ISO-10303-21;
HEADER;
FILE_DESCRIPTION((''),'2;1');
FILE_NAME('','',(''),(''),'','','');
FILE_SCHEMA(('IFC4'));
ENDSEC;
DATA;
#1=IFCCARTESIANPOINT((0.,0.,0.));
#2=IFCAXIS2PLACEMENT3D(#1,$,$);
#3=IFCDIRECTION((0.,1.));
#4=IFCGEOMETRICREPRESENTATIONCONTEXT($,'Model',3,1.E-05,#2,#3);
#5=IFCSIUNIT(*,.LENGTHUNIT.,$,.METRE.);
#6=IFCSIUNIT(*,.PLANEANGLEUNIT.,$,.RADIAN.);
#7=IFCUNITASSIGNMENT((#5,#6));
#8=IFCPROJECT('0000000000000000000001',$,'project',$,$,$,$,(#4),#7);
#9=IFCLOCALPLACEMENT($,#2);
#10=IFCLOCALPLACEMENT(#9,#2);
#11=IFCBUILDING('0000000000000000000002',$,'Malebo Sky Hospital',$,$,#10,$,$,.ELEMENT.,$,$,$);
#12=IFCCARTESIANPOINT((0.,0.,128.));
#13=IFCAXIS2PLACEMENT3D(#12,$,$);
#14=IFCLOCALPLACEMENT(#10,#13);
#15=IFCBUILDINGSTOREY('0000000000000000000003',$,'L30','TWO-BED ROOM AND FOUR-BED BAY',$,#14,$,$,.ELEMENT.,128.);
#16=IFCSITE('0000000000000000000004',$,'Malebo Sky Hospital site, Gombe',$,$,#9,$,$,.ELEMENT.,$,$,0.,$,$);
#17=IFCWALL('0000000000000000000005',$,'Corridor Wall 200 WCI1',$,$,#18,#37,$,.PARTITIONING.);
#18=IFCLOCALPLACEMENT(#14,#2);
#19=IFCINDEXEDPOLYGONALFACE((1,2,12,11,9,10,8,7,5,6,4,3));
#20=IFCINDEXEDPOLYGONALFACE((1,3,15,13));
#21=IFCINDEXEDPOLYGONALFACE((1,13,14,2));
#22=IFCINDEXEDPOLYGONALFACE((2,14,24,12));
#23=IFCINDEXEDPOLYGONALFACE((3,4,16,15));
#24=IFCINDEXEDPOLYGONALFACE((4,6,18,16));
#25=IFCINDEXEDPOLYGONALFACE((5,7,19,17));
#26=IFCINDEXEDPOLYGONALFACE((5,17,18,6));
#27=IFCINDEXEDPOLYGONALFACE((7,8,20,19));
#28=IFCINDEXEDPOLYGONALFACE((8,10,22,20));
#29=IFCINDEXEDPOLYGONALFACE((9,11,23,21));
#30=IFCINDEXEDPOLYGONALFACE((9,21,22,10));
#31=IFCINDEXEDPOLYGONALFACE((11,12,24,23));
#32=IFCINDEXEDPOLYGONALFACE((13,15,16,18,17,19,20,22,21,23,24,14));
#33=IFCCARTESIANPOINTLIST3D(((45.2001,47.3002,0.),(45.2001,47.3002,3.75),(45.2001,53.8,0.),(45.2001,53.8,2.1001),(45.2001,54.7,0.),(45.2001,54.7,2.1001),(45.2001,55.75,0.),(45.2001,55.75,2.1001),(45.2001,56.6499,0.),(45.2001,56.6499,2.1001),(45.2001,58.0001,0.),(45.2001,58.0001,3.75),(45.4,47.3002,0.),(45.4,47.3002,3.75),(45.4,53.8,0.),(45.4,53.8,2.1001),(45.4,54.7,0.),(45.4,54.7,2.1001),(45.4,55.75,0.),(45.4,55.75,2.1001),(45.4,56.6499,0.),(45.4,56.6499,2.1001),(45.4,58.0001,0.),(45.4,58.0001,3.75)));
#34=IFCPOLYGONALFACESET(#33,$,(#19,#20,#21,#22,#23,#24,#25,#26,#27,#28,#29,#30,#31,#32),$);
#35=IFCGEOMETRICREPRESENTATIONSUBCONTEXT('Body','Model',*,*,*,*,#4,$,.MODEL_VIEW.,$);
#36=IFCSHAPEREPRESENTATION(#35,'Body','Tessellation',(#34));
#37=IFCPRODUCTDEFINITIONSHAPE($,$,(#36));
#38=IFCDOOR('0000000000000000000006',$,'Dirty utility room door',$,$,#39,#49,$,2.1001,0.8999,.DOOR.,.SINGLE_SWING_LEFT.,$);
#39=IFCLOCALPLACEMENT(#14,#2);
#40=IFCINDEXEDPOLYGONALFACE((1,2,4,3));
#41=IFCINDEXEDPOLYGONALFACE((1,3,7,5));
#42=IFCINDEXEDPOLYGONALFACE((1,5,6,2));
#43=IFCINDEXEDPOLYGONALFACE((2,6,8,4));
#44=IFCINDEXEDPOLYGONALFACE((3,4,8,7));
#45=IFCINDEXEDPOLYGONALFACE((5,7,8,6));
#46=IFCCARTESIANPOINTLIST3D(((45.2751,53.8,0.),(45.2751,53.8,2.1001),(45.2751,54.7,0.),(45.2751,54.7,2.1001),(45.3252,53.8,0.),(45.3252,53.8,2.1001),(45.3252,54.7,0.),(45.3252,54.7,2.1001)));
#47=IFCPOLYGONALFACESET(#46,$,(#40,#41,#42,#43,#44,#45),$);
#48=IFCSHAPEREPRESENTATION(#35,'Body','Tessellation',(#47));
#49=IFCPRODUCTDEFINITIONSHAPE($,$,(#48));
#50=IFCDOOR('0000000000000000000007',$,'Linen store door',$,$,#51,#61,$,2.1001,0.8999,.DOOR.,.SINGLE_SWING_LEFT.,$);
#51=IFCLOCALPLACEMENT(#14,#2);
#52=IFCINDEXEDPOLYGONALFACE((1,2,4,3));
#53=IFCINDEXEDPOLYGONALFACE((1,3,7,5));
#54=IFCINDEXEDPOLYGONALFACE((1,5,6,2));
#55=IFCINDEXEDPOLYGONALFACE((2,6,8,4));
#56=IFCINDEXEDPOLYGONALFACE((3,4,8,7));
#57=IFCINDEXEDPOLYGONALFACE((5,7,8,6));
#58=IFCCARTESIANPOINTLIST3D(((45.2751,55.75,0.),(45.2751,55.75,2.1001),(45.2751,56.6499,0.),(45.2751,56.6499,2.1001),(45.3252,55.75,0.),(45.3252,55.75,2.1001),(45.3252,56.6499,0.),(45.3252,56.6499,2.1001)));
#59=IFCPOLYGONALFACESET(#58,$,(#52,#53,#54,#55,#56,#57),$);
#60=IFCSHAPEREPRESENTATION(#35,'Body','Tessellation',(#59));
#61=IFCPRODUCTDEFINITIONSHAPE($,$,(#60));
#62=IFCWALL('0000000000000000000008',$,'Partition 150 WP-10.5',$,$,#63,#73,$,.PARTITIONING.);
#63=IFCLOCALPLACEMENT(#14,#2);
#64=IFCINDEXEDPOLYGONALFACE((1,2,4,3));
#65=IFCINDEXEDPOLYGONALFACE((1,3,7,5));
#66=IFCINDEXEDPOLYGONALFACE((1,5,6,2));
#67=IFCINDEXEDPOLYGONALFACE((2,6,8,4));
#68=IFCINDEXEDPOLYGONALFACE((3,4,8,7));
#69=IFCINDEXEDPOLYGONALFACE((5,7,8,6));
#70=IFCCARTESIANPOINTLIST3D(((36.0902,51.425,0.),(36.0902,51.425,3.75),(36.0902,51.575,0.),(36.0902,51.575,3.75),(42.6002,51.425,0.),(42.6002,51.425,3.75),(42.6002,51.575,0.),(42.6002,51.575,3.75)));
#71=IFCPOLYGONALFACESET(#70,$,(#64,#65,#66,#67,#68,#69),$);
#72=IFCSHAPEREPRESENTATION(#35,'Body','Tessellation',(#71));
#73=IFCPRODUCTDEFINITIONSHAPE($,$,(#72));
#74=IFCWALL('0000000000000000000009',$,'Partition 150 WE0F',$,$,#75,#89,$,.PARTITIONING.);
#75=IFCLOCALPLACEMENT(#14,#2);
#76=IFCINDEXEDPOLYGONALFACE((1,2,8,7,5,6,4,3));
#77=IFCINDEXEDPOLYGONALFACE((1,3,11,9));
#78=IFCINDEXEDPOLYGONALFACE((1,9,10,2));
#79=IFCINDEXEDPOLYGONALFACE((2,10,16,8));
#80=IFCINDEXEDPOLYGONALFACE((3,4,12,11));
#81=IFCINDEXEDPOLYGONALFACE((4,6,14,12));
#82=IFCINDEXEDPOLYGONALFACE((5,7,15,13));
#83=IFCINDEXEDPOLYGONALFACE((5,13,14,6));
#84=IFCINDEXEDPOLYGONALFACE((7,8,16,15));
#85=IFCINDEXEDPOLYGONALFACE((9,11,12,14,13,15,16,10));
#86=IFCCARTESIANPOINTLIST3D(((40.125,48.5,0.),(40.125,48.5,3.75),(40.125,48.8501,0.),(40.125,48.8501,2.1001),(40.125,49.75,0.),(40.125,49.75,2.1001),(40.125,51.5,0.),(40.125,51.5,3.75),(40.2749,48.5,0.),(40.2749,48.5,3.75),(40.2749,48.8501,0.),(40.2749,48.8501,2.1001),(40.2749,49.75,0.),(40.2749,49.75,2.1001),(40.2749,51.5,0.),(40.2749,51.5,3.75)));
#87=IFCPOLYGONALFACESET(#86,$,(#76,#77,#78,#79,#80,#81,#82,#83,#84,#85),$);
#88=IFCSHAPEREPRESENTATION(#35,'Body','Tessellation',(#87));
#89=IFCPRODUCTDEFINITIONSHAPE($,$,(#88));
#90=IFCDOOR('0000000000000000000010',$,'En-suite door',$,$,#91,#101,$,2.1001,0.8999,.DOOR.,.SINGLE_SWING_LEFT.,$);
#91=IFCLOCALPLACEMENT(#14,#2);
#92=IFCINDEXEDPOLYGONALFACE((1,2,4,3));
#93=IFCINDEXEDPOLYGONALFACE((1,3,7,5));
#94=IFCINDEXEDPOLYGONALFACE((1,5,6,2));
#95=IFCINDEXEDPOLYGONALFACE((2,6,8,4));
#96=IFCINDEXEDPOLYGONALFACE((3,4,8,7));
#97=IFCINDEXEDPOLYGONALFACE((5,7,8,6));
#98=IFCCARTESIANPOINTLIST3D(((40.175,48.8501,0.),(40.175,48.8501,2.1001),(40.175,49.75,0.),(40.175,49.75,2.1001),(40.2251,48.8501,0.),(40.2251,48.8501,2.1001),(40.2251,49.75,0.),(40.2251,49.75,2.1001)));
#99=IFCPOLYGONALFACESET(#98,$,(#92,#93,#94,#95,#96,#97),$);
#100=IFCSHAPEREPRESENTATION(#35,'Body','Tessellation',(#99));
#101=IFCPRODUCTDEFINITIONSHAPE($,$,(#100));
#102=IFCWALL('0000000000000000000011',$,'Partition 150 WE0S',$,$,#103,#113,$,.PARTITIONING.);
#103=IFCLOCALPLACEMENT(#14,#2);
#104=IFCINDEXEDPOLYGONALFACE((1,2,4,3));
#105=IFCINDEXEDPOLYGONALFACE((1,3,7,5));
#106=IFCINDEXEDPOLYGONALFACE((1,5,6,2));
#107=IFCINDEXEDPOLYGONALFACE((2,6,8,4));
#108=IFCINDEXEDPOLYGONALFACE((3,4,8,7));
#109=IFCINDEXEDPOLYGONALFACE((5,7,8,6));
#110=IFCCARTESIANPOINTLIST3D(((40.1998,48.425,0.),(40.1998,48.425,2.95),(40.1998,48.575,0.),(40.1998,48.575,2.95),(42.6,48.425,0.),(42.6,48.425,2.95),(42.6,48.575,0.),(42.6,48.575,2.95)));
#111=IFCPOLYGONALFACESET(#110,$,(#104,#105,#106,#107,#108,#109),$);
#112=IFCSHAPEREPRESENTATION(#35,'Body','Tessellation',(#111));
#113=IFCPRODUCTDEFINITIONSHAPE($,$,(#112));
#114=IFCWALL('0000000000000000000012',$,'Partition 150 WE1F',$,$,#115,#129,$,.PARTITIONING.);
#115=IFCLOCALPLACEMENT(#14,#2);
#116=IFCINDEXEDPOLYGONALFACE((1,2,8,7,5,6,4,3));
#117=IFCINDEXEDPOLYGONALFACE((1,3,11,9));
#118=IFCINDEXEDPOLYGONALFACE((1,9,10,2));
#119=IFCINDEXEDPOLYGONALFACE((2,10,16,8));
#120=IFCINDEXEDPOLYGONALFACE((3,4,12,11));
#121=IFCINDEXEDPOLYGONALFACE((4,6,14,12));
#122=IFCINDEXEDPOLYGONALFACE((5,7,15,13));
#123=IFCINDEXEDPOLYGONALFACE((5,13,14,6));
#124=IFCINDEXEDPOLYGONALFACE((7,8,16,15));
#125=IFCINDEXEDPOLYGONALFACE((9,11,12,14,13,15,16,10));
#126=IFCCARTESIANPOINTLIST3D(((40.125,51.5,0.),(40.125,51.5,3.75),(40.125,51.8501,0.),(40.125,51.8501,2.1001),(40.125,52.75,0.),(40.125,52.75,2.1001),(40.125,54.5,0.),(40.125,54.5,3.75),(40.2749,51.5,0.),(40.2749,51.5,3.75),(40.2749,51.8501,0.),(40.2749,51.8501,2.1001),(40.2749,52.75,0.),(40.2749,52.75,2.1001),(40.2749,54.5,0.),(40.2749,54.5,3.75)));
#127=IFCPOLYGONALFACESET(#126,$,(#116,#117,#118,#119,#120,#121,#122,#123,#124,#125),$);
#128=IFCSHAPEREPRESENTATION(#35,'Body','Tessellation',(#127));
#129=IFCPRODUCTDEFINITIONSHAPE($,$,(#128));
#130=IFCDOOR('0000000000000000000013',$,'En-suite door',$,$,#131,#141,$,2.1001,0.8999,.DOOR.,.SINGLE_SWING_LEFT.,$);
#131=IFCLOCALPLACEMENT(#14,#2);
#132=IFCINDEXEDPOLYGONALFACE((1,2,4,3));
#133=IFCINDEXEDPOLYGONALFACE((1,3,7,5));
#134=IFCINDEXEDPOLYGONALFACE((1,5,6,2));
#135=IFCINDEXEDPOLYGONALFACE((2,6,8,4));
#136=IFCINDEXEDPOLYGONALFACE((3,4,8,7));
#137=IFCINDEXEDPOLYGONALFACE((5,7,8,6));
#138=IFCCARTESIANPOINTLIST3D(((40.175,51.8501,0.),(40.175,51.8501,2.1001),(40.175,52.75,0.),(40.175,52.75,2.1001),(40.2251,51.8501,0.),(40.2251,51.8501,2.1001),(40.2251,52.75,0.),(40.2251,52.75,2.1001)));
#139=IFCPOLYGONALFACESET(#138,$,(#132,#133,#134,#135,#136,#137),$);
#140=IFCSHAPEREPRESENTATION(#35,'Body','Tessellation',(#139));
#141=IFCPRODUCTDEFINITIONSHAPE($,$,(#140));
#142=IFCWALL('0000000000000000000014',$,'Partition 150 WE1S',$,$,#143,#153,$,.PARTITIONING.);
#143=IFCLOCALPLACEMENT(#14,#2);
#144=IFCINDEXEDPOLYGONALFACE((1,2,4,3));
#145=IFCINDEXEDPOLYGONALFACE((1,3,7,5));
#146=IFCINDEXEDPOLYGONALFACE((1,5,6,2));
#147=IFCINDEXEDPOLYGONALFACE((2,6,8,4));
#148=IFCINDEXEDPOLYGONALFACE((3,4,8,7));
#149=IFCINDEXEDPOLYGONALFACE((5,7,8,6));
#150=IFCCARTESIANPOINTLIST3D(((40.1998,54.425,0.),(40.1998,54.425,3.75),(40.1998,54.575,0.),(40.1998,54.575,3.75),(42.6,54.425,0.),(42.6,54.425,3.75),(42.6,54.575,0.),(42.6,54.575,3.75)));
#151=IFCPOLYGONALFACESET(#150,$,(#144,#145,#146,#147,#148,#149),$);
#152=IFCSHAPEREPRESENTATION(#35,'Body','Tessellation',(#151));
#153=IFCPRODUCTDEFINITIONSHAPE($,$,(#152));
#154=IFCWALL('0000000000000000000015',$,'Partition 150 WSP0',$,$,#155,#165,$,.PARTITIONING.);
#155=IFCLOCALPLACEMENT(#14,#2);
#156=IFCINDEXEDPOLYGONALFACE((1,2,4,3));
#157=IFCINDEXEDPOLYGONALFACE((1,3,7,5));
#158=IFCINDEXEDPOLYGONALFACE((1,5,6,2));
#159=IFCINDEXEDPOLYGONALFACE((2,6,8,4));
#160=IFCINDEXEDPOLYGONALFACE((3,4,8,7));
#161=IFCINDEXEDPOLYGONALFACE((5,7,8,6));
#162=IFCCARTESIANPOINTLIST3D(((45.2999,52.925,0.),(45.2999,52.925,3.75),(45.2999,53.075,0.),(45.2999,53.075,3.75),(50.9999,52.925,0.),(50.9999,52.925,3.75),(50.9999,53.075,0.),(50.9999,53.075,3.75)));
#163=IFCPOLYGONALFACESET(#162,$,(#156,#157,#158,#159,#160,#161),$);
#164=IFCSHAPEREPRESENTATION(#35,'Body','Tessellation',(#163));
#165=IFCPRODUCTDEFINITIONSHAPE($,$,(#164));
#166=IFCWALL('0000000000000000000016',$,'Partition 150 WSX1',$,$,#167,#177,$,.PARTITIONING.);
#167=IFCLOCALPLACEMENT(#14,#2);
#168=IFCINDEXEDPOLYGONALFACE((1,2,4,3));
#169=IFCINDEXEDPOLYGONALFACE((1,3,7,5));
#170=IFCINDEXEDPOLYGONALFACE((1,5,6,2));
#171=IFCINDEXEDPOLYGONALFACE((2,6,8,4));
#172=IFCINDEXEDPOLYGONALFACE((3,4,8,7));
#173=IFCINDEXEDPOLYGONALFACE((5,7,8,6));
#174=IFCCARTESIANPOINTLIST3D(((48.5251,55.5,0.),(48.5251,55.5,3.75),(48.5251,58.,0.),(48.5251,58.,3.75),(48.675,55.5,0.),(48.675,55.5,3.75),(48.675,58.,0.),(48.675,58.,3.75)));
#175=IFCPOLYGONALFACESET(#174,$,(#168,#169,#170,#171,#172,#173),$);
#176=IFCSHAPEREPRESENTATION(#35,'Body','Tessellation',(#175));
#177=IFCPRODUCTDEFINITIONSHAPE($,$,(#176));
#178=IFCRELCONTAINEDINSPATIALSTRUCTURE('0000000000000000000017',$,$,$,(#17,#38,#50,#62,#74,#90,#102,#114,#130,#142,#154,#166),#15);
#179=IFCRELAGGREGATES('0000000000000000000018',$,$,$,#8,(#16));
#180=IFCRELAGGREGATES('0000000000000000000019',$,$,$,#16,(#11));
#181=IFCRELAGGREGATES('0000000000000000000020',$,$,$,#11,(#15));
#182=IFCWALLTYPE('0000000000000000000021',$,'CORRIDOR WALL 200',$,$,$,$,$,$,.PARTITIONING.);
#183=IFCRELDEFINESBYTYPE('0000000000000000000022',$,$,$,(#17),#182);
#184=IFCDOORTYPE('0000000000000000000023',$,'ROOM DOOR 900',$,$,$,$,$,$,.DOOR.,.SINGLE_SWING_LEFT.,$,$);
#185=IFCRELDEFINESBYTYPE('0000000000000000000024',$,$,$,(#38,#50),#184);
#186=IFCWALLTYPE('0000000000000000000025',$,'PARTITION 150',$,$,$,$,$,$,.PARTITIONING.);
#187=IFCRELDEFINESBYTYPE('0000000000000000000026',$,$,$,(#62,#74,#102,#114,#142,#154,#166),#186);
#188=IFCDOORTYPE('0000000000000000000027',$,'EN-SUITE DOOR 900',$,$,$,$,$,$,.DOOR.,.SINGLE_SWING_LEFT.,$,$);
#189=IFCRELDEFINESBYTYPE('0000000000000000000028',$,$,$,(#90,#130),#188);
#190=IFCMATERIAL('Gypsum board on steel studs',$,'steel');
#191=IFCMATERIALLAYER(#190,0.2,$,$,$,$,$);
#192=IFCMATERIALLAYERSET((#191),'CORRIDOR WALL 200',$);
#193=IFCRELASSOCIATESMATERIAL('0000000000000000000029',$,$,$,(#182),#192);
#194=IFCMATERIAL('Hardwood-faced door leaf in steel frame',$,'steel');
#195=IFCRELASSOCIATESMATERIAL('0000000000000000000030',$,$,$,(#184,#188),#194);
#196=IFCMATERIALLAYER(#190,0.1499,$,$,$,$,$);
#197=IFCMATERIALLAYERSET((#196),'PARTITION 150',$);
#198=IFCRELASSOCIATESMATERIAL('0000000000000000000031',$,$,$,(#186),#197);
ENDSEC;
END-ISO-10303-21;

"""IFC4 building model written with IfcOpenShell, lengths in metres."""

from ifc_helpers import new_model, si_unit, direction, frame, frame_2d, origin, place, context, subcontext, project, spatial, rectangle, extrude, material, layer, layer_set, type_object, element, fill, save


model = new_model("IFC4")

# Units and contexts
model_context = context("Model", 3, precision=1e-05, world=origin(), true_north=direction((0.0, 1.0)))
body_context = subcontext(model_context, "Body", "Model", "MODEL_VIEW")
ifc_project = project(units=[si_unit("LENGTHUNIT", "METRE"), si_unit("PLANEANGLEUNIT", "RADIAN")], contexts=[model_context])

# Site, building, storey
site_placement = place(None, origin())
site = spatial("IfcSite", under=ifc_project, at=site_placement, Name="Malebo Sky Hospital site, Gombe", CompositionType="ELEMENT", RefElevation=0.0)
building_placement = place(site_placement, origin())
building = spatial("IfcBuilding", under=site, at=building_placement, Name="Malebo Sky Hospital", CompositionType="ELEMENT")
storey_placement = place(building_placement, frame((0.0, 0.0, 128.0)))
storey = spatial("IfcBuildingStorey", under=building, at=storey_placement, Name="L30", Description="TWO-BED ROOM AND FOUR-BED BAY", CompositionType="ELEMENT", Elevation=128.0)

# Shared definitions
ifc_material_1 = material(Name="Hardwood-faced door leaf in steel frame", Category="steel")

# Wall, openings, doors
ifc_material_2 = material(Name="Gypsum board on steel studs", Category="steel")
ifc_layer_1 = layer(ifc_material_2, 0.2)
ifc_layer_set_1 = layer_set([ifc_layer_1], Name="CORRIDOR WALL 200")
wall_type_1 = type_object("IfcWallType", Name="CORRIDOR WALL 200", PredefinedType="PARTITIONING", material=ifc_layer_set_1)
wall_1_placement = place(storey_placement, frame((45.3, 47.3, 0.0), z_axis=(0.0, 0.0, 1.0), x_axis=(0.0, 1.0, 0.0)))
wall_1 = element("IfcWall", 1, at=wall_1_placement, inside=storey, type_object=wall_type_1, Name="Corridor Wall 200 WCI1", PredefinedType="PARTITIONING", context=body_context, shape_type="SweptSolid", body=[
    extrude(rectangle(XDim=10.7, YDim=0.2, at=frame_2d((5.3501, 0.0))), origin(), (0.0, 0.0, 1.0), 3.75),
])
opening_1_placement = place(wall_1_placement, frame((6.5, 0.0, 0.0)))
opening_1 = element("IfcOpeningElement", 2, at=opening_1_placement, cuts=wall_1, PredefinedType="OPENING", context=body_context, shape_type="SweptSolid", body=[
    extrude(rectangle(XDim=0.8999, YDim=2.1001, at=frame_2d((0.45, 1.05))), frame((0.0, 0.1099, 0.0), z_axis=(0.0, -1.0, 0.0), x_axis=(1.0, 0.0, 0.0)), (0.0, 0.0, 1.0), 0.22),
])
opening_2_placement = place(wall_1_placement, frame((8.45, 0.0, 0.0)))
opening_2 = element("IfcOpeningElement", 3, at=opening_2_placement, cuts=wall_1, PredefinedType="OPENING", context=body_context, shape_type="SweptSolid", body=[
    extrude(rectangle(XDim=0.8999, YDim=2.1001, at=frame_2d((0.45, 1.05))), frame((0.0, 0.1099, 0.0), z_axis=(0.0, -1.0, 0.0), x_axis=(1.0, 0.0, 0.0)), (0.0, 0.0, 1.0), 0.22),
])
door_type_1 = type_object("IfcDoorType", Name="ROOM DOOR 900", OperationType="SINGLE_SWING_LEFT", PredefinedType="DOOR", material=ifc_material_1)
door_1_placement = place(opening_1_placement, origin())
door_1 = element("IfcDoor", 4, at=door_1_placement, inside=storey, type_object=door_type_1, Name="Dirty utility room door", OperationType="SINGLE_SWING_LEFT", OverallHeight=2.1001, OverallWidth=0.8999, PredefinedType="DOOR", context=body_context, shape_type="SweptSolid", body=[
    extrude(rectangle(XDim=0.8999, YDim=2.1001, at=frame_2d((0.45, 1.05))), frame((0.0, 0.0249, 0.0), z_axis=(0.0, -1.0, 0.0), x_axis=(1.0, 0.0, 0.0)), (0.0, 0.0, 1.0), 0.05),
])
fill(opening_1, door_1)
door_2_placement = place(opening_2_placement, origin())
door_2 = element("IfcDoor", 5, at=door_2_placement, inside=storey, type_object=door_type_1, Name="Linen store door", OperationType="SINGLE_SWING_LEFT", OverallHeight=2.1001, OverallWidth=0.8999, PredefinedType="DOOR", context=body_context, shape_type="SweptSolid", body=[
    extrude(rectangle(XDim=0.8999, YDim=2.1001, at=frame_2d((0.45, 1.05))), frame((0.0, 0.0249, 0.0), z_axis=(0.0, -1.0, 0.0), x_axis=(1.0, 0.0, 0.0)), (0.0, 0.0, 1.0), 0.05),
])
fill(opening_2, door_2)

# Wall
ifc_layer_2 = layer(ifc_material_2, 0.1499)
ifc_layer_set_2 = layer_set([ifc_layer_2], Name="PARTITION 150")
wall_type_2 = type_object("IfcWallType", Name="PARTITION 150", PredefinedType="PARTITIONING", material=ifc_layer_set_2)
wall_2_placement = place(storey_placement, frame((42.6001, 51.5, 0.0), z_axis=(0.0, 0.0, 1.0), x_axis=(-1.0, 0.0, 0.0)))
element("IfcWall", 6, at=wall_2_placement, inside=storey, type_object=wall_type_2, Name="Partition 150 WP-10.5", PredefinedType="PARTITIONING", context=body_context, shape_type="SweptSolid", body=[
    extrude(rectangle(XDim=6.51, YDim=0.1499, at=frame_2d((3.2549, 0.0))), origin(), (0.0, 0.0, 1.0), 3.75),
])

# Wall, opening, door
wall_3_placement = place(storey_placement, frame((40.2, 48.5, 0.0), z_axis=(0.0, 0.0, 1.0), x_axis=(0.0, 1.0, 0.0)))
wall_3 = element("IfcWall", 7, at=wall_3_placement, inside=storey, type_object=wall_type_2, Name="Partition 150 WE0F", PredefinedType="PARTITIONING", context=body_context, shape_type="SweptSolid", body=[
    extrude(rectangle(XDim=3.0, YDim=0.1499, at=frame_2d((1.5, 0.0))), origin(), (0.0, 0.0, 1.0), 3.75),
])
opening_3_placement = place(wall_3_placement, frame((0.3501, 0.0, 0.0)))
opening_3 = element("IfcOpeningElement", 8, at=opening_3_placement, cuts=wall_3, PredefinedType="OPENING", context=body_context, shape_type="SweptSolid", body=[
    extrude(rectangle(XDim=0.8999, YDim=2.1001, at=frame_2d((0.45, 1.05))), frame((0.0, 0.085, 0.0), z_axis=(0.0, -1.0, 0.0), x_axis=(1.0, 0.0, 0.0)), (0.0, 0.0, 1.0), 0.1699),
])
door_type_2 = type_object("IfcDoorType", Name="EN-SUITE DOOR 900", OperationType="SINGLE_SWING_LEFT", PredefinedType="DOOR", material=ifc_material_1)
door_3_placement = place(opening_3_placement, origin())
door_3 = element("IfcDoor", 9, at=door_3_placement, inside=storey, type_object=door_type_2, Name="En-suite door", OperationType="SINGLE_SWING_LEFT", OverallHeight=2.1001, OverallWidth=0.8999, PredefinedType="DOOR", context=body_context, shape_type="SweptSolid", body=[
    extrude(rectangle(XDim=0.8999, YDim=2.1001, at=frame_2d((0.45, 1.05))), frame((0.0, 0.0249, 0.0), z_axis=(0.0, -1.0, 0.0), x_axis=(1.0, 0.0, 0.0)), (0.0, 0.0, 1.0), 0.05),
])
fill(opening_3, door_3)

# Wall
wall_4_placement = place(storey_placement, frame((42.6001, 48.5, 0.0), z_axis=(0.0, 0.0, 1.0), x_axis=(-1.0, 0.0, 0.0)))
element("IfcWall", 10, at=wall_4_placement, inside=storey, type_object=wall_type_2, Name="Partition 150 WE0S", PredefinedType="PARTITIONING", context=body_context, shape_type="SweptSolid", body=[
    extrude(rectangle(XDim=2.4001, YDim=0.1499, at=frame_2d((1.2002, 0.0))), origin(), (0.0, 0.0, 1.0), 2.95),
])

# Wall, opening, door
wall_5_placement = place(storey_placement, frame((40.2, 51.5, 0.0), z_axis=(0.0, 0.0, 1.0), x_axis=(0.0, 1.0, 0.0)))
wall_5 = element("IfcWall", 11, at=wall_5_placement, inside=storey, type_object=wall_type_2, Name="Partition 150 WE1F", PredefinedType="PARTITIONING", context=body_context, shape_type="SweptSolid", body=[
    extrude(rectangle(XDim=3.0, YDim=0.1499, at=frame_2d((1.5, 0.0))), origin(), (0.0, 0.0, 1.0), 3.75),
])
opening_4_placement = place(wall_5_placement, frame((0.3501, 0.0, 0.0)))
opening_4 = element("IfcOpeningElement", 12, at=opening_4_placement, cuts=wall_5, PredefinedType="OPENING", context=body_context, shape_type="SweptSolid", body=[
    extrude(rectangle(XDim=0.8999, YDim=2.1001, at=frame_2d((0.45, 1.05))), frame((0.0, 0.085, 0.0), z_axis=(0.0, -1.0, 0.0), x_axis=(1.0, 0.0, 0.0)), (0.0, 0.0, 1.0), 0.1699),
])
door_4_placement = place(opening_4_placement, origin())
door_4 = element("IfcDoor", 13, at=door_4_placement, inside=storey, type_object=door_type_2, Name="En-suite door", OperationType="SINGLE_SWING_LEFT", OverallHeight=2.1001, OverallWidth=0.8999, PredefinedType="DOOR", context=body_context, shape_type="SweptSolid", body=[
    extrude(rectangle(XDim=0.8999, YDim=2.1001, at=frame_2d((0.45, 1.05))), frame((0.0, 0.0249, 0.0), z_axis=(0.0, -1.0, 0.0), x_axis=(1.0, 0.0, 0.0)), (0.0, 0.0, 1.0), 0.05),
])
fill(opening_4, door_4)

# Walls
wall_6_placement = place(storey_placement, frame((42.6001, 54.5, 0.0), z_axis=(0.0, 0.0, 1.0), x_axis=(-1.0, 0.0, 0.0)))
element("IfcWall", 14, at=wall_6_placement, inside=storey, type_object=wall_type_2, Name="Partition 150 WE1S", PredefinedType="PARTITIONING", context=body_context, shape_type="SweptSolid", body=[
    extrude(rectangle(XDim=2.4001, YDim=0.1499, at=frame_2d((1.2002, 0.0))), origin(), (0.0, 0.0, 1.0), 3.75),
])
wall_7_placement = place(storey_placement, frame((51.0, 53.0, 0.0), z_axis=(0.0, 0.0, 1.0), x_axis=(-1.0, 0.0, 0.0)))
element("IfcWall", 15, at=wall_7_placement, inside=storey, type_object=wall_type_2, Name="Partition 150 WSP0", PredefinedType="PARTITIONING", context=body_context, shape_type="SweptSolid", body=[
    extrude(rectangle(XDim=5.7, YDim=0.1499, at=frame_2d((2.8501, 0.0))), origin(), (0.0, 0.0, 1.0), 3.75),
])
wall_8_placement = place(storey_placement, frame((48.6001, 55.5, 0.0), z_axis=(0.0, 0.0, 1.0), x_axis=(0.0, 1.0, 0.0)))
element("IfcWall", 16, at=wall_8_placement, inside=storey, type_object=wall_type_2, Name="Partition 150 WSX1", PredefinedType="PARTITIONING", context=body_context, shape_type="SweptSolid", body=[
    extrude(rectangle(XDim=2.5, YDim=0.1499, at=frame_2d((1.25, 0.0))), origin(), (0.0, 0.0, 1.0), 3.75),
])

save(model, "model.ifc")
